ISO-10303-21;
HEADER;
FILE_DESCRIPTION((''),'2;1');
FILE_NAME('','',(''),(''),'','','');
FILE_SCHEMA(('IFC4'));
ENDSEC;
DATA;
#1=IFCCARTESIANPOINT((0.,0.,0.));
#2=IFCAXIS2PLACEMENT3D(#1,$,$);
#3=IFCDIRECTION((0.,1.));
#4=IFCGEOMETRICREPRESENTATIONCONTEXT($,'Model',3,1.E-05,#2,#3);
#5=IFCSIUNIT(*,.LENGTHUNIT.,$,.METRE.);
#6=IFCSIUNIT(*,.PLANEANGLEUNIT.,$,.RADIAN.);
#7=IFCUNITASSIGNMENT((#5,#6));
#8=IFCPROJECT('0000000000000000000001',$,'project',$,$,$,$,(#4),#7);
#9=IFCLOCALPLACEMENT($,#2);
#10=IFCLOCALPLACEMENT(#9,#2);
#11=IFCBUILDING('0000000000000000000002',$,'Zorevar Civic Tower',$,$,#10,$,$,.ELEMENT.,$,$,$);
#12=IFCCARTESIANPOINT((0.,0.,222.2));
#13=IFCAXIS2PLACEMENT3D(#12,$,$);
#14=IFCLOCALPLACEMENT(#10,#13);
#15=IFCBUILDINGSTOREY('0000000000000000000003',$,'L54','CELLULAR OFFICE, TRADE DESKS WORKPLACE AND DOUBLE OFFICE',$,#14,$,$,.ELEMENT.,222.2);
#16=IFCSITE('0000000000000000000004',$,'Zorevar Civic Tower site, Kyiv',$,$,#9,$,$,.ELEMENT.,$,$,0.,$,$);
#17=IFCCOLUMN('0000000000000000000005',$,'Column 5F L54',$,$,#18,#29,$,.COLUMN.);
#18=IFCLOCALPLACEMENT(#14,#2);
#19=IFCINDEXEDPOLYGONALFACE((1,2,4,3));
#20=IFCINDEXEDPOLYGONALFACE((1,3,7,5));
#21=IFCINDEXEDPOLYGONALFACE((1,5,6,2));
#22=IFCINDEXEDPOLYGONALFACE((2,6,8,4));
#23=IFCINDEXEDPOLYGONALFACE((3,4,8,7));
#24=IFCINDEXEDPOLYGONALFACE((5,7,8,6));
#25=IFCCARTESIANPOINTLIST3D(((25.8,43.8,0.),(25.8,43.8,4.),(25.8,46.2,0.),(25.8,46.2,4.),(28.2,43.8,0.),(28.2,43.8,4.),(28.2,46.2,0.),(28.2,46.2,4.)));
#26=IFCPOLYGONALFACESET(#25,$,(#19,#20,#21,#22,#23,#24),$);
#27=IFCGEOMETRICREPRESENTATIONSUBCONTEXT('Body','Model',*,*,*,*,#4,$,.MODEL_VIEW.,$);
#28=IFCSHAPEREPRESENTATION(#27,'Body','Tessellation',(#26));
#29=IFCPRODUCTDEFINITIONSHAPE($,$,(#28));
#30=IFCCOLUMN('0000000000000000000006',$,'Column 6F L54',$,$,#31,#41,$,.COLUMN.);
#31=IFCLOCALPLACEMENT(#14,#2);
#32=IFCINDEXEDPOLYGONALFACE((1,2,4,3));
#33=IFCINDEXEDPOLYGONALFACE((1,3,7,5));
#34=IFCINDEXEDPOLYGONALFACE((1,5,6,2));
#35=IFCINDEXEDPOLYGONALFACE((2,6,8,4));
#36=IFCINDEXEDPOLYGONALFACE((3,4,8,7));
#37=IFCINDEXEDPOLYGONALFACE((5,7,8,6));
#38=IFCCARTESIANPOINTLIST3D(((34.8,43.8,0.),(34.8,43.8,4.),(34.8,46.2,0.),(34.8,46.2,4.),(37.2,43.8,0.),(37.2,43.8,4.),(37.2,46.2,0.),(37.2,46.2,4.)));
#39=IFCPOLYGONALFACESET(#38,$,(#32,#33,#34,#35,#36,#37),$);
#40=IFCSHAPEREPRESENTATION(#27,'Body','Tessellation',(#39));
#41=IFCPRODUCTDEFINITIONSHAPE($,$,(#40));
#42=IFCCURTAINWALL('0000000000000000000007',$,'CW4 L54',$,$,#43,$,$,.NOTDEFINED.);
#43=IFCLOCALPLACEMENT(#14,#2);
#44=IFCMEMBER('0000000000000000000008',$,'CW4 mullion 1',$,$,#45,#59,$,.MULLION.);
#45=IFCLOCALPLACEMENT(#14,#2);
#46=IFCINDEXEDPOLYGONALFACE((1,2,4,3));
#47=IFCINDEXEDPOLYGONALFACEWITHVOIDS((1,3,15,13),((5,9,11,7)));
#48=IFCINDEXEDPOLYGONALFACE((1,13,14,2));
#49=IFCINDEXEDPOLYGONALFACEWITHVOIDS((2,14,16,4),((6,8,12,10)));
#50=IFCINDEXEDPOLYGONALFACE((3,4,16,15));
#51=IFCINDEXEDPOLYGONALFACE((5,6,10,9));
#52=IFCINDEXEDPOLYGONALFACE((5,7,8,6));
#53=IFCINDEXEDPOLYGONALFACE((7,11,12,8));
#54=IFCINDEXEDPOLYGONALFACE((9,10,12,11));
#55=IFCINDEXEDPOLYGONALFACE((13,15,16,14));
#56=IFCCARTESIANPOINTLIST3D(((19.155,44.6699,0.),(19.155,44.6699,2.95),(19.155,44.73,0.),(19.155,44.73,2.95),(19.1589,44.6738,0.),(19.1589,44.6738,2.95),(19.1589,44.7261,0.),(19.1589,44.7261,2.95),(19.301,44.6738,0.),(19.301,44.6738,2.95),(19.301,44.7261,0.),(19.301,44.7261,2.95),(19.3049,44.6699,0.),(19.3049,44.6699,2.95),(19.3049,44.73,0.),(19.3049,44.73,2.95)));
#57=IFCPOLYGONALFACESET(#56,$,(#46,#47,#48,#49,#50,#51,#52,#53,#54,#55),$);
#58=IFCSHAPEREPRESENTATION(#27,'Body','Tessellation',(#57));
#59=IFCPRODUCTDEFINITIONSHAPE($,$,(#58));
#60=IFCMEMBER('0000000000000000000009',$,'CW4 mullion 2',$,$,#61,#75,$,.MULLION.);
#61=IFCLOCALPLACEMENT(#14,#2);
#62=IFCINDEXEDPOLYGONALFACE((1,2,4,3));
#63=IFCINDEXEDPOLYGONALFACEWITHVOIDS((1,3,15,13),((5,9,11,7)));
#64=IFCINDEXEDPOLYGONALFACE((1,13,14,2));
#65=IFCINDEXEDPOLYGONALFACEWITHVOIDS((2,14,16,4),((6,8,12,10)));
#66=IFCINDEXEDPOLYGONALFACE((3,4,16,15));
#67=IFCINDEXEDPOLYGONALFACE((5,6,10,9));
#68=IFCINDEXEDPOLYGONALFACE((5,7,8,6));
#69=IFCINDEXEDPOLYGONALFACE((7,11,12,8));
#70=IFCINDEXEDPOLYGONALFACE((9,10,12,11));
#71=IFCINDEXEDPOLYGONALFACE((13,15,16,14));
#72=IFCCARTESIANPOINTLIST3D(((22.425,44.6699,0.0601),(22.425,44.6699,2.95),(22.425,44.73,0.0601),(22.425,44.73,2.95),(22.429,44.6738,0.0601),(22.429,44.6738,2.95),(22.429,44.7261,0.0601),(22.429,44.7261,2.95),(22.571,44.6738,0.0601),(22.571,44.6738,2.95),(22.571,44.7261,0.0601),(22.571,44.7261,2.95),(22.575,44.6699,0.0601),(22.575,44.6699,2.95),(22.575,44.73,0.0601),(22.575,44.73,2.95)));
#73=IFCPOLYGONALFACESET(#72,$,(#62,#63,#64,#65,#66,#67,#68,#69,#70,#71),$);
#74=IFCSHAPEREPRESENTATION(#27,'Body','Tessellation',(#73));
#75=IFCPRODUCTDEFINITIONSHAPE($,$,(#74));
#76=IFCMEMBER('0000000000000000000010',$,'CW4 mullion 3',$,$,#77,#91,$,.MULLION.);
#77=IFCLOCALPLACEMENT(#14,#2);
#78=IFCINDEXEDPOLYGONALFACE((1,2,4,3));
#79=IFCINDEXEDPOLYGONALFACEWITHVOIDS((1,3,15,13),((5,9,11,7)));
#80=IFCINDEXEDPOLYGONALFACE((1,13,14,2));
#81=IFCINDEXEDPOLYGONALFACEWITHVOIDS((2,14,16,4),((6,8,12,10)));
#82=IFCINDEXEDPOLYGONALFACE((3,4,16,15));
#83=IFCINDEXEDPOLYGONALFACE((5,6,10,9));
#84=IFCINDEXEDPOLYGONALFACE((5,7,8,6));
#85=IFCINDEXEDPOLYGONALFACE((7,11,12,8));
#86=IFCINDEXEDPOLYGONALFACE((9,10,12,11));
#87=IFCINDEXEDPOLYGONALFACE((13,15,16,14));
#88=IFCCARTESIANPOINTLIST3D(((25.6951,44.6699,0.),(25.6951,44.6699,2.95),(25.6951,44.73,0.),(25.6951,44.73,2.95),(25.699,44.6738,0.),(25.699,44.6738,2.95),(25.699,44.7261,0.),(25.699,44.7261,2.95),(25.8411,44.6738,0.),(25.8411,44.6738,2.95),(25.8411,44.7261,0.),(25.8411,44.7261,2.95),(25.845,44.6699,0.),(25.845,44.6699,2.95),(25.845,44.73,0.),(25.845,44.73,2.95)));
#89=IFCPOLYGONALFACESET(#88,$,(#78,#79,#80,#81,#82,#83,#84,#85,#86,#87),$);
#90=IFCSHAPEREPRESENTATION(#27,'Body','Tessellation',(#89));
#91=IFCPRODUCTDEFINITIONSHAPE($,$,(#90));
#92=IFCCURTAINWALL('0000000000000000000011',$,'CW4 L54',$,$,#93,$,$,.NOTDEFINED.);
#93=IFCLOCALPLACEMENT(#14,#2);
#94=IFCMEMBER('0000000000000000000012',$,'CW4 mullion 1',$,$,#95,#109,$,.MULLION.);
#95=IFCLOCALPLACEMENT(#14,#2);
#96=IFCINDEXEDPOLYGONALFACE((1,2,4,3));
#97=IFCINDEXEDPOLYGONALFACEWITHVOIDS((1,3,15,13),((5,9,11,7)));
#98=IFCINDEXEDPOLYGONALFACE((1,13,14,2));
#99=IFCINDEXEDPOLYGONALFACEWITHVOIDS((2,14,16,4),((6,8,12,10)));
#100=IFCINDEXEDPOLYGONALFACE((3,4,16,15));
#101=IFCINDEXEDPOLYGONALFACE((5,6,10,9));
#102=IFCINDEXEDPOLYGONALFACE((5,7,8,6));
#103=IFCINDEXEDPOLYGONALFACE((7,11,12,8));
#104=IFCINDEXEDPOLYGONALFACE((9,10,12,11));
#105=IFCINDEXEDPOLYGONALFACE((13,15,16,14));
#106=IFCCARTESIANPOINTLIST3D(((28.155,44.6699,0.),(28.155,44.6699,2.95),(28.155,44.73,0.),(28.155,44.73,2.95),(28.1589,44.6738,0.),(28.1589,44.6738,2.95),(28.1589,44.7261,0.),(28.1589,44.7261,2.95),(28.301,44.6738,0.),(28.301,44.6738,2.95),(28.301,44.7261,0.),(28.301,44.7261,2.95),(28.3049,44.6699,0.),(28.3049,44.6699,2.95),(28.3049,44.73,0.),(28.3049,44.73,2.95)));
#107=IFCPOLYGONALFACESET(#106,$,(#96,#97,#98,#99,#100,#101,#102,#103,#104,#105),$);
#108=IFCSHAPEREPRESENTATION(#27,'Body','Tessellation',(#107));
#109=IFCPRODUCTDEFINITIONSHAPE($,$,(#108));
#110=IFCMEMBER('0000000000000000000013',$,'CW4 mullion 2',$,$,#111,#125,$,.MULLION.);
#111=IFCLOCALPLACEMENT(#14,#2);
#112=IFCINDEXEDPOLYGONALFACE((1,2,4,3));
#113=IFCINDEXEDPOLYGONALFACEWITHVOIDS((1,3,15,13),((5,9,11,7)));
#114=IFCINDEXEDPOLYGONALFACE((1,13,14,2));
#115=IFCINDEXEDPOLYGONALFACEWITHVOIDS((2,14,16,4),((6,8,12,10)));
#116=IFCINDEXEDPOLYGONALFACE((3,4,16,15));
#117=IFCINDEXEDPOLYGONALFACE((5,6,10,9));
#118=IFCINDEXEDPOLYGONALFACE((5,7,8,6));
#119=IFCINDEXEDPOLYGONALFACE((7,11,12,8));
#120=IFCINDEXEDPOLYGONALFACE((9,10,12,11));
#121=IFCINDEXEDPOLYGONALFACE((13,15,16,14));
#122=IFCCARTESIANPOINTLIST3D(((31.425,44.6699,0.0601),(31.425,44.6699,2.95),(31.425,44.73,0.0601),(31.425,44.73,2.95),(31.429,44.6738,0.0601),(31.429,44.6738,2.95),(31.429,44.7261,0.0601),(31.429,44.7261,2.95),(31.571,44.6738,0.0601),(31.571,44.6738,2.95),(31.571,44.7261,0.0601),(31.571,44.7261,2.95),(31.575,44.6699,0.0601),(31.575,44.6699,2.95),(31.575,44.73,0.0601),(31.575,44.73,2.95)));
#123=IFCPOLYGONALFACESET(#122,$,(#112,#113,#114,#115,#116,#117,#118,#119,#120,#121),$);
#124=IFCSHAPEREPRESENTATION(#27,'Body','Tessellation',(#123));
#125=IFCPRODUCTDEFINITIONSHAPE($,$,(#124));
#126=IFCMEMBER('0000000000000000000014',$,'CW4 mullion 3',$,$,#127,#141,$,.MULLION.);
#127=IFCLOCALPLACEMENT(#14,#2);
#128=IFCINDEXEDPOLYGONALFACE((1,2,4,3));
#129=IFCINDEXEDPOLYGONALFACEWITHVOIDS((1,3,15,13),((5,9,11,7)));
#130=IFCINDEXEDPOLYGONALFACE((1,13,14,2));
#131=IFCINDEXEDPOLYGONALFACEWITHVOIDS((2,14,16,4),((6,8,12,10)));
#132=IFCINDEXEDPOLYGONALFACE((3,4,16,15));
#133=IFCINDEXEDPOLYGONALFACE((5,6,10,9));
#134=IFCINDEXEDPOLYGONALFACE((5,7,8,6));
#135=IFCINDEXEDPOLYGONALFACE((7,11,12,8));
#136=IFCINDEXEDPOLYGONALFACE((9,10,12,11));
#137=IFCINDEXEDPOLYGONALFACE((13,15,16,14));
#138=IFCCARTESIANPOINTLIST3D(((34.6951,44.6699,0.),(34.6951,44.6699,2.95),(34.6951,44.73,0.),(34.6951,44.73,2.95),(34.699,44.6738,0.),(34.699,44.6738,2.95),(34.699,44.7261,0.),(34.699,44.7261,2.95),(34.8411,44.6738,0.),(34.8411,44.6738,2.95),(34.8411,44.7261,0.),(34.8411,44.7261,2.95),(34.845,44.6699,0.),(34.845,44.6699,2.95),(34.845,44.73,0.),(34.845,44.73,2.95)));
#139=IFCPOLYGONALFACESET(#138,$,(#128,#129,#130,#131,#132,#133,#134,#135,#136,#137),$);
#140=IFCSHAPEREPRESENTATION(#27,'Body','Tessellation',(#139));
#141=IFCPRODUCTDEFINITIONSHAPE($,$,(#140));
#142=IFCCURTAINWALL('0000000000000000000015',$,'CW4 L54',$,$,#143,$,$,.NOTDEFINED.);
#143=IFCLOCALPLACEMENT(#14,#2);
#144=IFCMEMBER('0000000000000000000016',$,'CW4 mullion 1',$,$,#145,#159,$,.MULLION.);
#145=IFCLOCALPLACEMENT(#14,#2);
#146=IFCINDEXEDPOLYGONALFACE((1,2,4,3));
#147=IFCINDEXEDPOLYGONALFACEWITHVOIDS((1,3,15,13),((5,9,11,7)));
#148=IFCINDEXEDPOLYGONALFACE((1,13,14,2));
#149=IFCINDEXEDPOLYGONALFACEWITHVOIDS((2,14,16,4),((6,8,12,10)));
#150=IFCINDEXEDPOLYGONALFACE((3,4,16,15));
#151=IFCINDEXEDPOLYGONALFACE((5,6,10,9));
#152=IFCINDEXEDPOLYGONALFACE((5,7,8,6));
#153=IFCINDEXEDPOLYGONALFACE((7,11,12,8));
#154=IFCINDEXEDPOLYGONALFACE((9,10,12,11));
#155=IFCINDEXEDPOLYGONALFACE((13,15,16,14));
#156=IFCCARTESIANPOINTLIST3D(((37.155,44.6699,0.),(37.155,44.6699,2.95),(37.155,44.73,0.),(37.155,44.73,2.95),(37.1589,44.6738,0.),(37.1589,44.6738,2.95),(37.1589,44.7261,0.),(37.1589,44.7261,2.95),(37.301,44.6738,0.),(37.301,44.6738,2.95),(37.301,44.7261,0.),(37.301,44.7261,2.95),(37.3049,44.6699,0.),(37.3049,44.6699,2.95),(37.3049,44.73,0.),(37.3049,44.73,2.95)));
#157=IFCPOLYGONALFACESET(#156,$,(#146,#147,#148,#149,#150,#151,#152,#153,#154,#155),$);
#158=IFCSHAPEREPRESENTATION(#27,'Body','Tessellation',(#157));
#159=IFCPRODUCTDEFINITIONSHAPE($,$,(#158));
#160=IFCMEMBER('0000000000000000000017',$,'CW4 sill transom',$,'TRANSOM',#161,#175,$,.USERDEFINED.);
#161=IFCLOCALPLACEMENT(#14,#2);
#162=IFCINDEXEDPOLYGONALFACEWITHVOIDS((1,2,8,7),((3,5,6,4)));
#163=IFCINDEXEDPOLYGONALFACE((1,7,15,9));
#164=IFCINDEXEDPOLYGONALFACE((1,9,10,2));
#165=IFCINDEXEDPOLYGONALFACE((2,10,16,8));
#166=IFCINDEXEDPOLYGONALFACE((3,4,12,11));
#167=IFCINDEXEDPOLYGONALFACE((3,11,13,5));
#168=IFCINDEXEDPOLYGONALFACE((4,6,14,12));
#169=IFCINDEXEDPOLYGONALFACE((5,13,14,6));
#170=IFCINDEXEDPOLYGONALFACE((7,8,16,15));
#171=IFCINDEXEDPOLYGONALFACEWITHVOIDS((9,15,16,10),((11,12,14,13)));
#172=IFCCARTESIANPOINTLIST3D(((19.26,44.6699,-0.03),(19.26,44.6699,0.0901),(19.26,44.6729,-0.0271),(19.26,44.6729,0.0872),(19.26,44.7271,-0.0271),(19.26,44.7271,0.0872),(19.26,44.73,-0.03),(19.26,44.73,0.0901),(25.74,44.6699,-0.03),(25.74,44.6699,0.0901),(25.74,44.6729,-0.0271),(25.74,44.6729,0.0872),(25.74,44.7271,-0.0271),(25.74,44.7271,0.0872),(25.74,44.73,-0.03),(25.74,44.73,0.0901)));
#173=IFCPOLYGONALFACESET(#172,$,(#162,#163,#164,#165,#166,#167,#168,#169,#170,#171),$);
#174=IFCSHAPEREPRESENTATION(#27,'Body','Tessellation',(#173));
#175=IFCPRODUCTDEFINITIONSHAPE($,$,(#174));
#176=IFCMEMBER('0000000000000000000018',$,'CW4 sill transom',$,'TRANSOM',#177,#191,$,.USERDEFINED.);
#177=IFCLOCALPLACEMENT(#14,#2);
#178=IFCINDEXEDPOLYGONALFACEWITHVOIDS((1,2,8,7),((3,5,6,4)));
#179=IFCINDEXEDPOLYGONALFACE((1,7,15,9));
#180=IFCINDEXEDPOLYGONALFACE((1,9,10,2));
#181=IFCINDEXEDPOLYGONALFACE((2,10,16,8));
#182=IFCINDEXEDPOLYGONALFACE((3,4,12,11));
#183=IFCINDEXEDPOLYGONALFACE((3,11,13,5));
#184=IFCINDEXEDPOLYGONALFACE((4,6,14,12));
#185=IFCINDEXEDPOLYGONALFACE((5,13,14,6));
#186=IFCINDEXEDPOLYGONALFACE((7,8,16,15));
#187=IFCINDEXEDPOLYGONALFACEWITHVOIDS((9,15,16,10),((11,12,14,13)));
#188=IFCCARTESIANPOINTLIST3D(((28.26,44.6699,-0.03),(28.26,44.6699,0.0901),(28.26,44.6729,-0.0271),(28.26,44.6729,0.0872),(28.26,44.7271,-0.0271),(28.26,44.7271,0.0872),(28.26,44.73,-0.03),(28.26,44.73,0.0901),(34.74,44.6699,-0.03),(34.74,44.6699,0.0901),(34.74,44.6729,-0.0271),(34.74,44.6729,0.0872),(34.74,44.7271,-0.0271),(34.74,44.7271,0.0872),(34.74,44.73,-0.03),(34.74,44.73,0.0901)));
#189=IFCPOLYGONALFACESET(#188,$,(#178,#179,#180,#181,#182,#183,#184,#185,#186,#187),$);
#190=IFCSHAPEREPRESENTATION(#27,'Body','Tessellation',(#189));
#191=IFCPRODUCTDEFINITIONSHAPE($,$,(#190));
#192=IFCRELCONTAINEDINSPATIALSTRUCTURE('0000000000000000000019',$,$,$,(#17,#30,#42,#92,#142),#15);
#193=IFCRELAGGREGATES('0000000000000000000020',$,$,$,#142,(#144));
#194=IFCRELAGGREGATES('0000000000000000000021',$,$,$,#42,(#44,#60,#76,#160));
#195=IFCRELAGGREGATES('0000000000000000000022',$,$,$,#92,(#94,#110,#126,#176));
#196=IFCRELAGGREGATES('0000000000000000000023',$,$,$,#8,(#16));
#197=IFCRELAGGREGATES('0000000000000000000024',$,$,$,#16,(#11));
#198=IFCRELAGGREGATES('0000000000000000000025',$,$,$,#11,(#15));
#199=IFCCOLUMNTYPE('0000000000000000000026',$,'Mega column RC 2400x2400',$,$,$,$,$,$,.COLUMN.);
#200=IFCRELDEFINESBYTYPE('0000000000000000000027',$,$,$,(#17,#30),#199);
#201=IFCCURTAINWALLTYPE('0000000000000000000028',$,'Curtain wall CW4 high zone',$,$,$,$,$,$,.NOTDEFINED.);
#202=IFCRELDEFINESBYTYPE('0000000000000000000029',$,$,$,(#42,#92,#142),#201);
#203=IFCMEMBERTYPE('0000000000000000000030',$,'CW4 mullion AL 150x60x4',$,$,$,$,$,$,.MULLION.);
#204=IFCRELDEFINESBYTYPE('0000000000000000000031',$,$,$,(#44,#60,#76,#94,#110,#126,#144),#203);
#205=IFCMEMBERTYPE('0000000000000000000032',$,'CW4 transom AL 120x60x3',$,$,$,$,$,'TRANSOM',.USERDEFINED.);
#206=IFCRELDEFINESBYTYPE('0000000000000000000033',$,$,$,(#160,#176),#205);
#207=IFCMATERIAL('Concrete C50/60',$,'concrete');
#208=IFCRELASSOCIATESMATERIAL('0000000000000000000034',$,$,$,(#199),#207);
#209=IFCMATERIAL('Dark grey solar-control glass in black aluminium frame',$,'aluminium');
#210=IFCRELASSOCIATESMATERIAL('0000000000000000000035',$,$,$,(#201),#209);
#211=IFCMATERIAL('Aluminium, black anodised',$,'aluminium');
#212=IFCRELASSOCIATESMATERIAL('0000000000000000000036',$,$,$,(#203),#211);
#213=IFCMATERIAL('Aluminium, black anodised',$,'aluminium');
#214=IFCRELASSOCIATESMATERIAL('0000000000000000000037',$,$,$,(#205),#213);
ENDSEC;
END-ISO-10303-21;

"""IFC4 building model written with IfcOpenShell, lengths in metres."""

from ifc_helpers import new_model, si_unit, direction, frame, origin, origin_2d, place, context, subcontext, project, spatial, rectangle, hollow_rectangle, extrude, material, material_profile, profile_set, type_object, element, aggregate, save


model = new_model("IFC4")

# Units and contexts
model_context = context("Model", 3, precision=1e-05, world=origin(), true_north=direction((0.0, 1.0)))
body_context = subcontext(model_context, "Body", "Model", "MODEL_VIEW")
ifc_project = project(units=[si_unit("LENGTHUNIT", "METRE"), si_unit("PLANEANGLEUNIT", "RADIAN")], contexts=[model_context])

# Site, building, storey
site_placement = place(None, origin())
site = spatial("IfcSite", under=ifc_project, at=site_placement, Name="Zorevar Civic Tower site, Kyiv", CompositionType="ELEMENT", RefElevation=0.0)
building_placement = place(site_placement, origin())
building = spatial("IfcBuilding", under=site, at=building_placement, Name="Zorevar Civic Tower", CompositionType="ELEMENT")
storey_placement = place(building_placement, frame((0.0, 0.0, 222.2)))
storey = spatial("IfcBuildingStorey", under=building, at=storey_placement, Name="L54", Description="CELLULAR OFFICE, TRADE DESKS WORKPLACE AND DOUBLE OFFICE", CompositionType="ELEMENT", Elevation=222.2)

# Columns
ifc_material_1 = material(Name="Concrete C50/60", Category="concrete")
ifc_material_profile_1 = material_profile(ifc_material_1, rectangle(XDim=2.3999, YDim=2.3999, at=origin_2d()), Name="RC 2400x2400")
ifc_profile_set_1 = profile_set([ifc_material_profile_1], Name="Concrete C50/60")
column_type = type_object("IfcColumnType", Name="Mega column RC 2400x2400", PredefinedType="COLUMN", material=ifc_profile_set_1)
for number, where, z_axis, x_axis, name in (
    (1, (27.0, 45.0, 0.0), (0.0, 0.0, 1.0), (1.0, 0.0, 0.0), "Column 5F L54"),
    (2, (36.0, 45.0, 0.0), (0.0, 0.0, 1.0), (1.0, 0.0, 0.0), "Column 6F L54"),
):
    element("IfcColumn", number, at=place(storey_placement, frame(where, z_axis=z_axis, x_axis=x_axis)), inside=storey, type_object=column_type, Name=name, PredefinedType="COLUMN", context=body_context, shape_type="SweptSolid", body=[
        extrude(rectangle(XDim=2.3999, YDim=2.3999, at=origin_2d()), origin(), (0.0, 0.0, 1.0), 4.0),
    ])

# Curtain walls, members
ifc_material_2 = material(Name="Dark grey solar-control glass in black aluminium frame", Category="aluminium")
curtain_wall_type = type_object("IfcCurtainWallType", Name="Curtain wall CW4 high zone", PredefinedType="NOTDEFINED", material=ifc_material_2)
curtain_wall_1_placement = place(storey_placement, origin())
curtain_wall_1 = element("IfcCurtainWall", 3, at=curtain_wall_1_placement, inside=storey, type_object=curtain_wall_type, Name="CW4 L54", PredefinedType="NOTDEFINED")
ifc_material_3 = material(Name="Aluminium, black anodised", Category="aluminium")
ifc_material_profile_2 = material_profile(ifc_material_3, hollow_rectangle(XDim=0.0601, YDim=0.1499, WallThickness=0.0039, at=origin_2d()), Name="AL 150x60x4")
ifc_profile_set_2 = profile_set([ifc_material_profile_2], Name="Aluminium, black anodised")
member_type_1 = type_object("IfcMemberType", Name="CW4 mullion AL 150x60x4", PredefinedType="MULLION", material=ifc_profile_set_2)
member_1_placement = place(storey_placement, frame((19.23, 44.7, 0.0), z_axis=(0.0, 0.0, 1.0), x_axis=(0.0, 1.0, 0.0)))
member_1 = element("IfcMember", 4, at=member_1_placement, type_object=member_type_1, Name="CW4 mullion 1", PredefinedType="MULLION", context=body_context, shape_type="SweptSolid", body=[
    extrude(hollow_rectangle(XDim=0.0601, YDim=0.1499, WallThickness=0.0039, at=origin_2d()), origin(), (0.0, 0.0, 1.0), 2.95),
])
member_2_placement = place(storey_placement, frame((22.5, 44.7, 0.0601), z_axis=(0.0, 0.0, 1.0), x_axis=(0.0, 1.0, 0.0)))
member_2 = element("IfcMember", 5, at=member_2_placement, type_object=member_type_1, Name="CW4 mullion 2", PredefinedType="MULLION", context=body_context, shape_type="SweptSolid", body=[
    extrude(hollow_rectangle(XDim=0.0601, YDim=0.1499, WallThickness=0.0039, at=origin_2d()), origin(), (0.0, 0.0, 1.0), 2.8899),
])
member_3_placement = place(storey_placement, frame((25.77, 44.7, 0.0), z_axis=(0.0, 0.0, 1.0), x_axis=(0.0, 1.0, 0.0)))
member_3 = element("IfcMember", 6, at=member_3_placement, type_object=member_type_1, Name="CW4 mullion 3", PredefinedType="MULLION", context=body_context, shape_type="SweptSolid", body=[
    extrude(hollow_rectangle(XDim=0.0601, YDim=0.1499, WallThickness=0.0039, at=origin_2d()), origin(), (0.0, 0.0, 1.0), 2.95),
])
curtain_wall_2_placement = place(storey_placement, origin())
curtain_wall_2 = element("IfcCurtainWall", 7, at=curtain_wall_2_placement, inside=storey, type_object=curtain_wall_type, Name="CW4 L54", PredefinedType="NOTDEFINED")
member_4_placement = place(storey_placement, frame((28.23, 44.7, 0.0), z_axis=(0.0, 0.0, 1.0), x_axis=(0.0, 1.0, 0.0)))
member_4 = element("IfcMember", 8, at=member_4_placement, type_object=member_type_1, Name="CW4 mullion 1", PredefinedType="MULLION", context=body_context, shape_type="SweptSolid", body=[
    extrude(hollow_rectangle(XDim=0.0601, YDim=0.1499, WallThickness=0.0039, at=origin_2d()), origin(), (0.0, 0.0, 1.0), 2.95),
])
member_5_placement = place(storey_placement, frame((31.5, 44.7, 0.0601), z_axis=(0.0, 0.0, 1.0), x_axis=(0.0, 1.0, 0.0)))
member_5 = element("IfcMember", 9, at=member_5_placement, type_object=member_type_1, Name="CW4 mullion 2", PredefinedType="MULLION", context=body_context, shape_type="SweptSolid", body=[
    extrude(hollow_rectangle(XDim=0.0601, YDim=0.1499, WallThickness=0.0039, at=origin_2d()), origin(), (0.0, 0.0, 1.0), 2.8899),
])
member_6_placement = place(storey_placement, frame((34.77, 44.7, 0.0), z_axis=(0.0, 0.0, 1.0), x_axis=(0.0, 1.0, 0.0)))
member_6 = element("IfcMember", 10, at=member_6_placement, type_object=member_type_1, Name="CW4 mullion 3", PredefinedType="MULLION", context=body_context, shape_type="SweptSolid", body=[
    extrude(hollow_rectangle(XDim=0.0601, YDim=0.1499, WallThickness=0.0039, at=origin_2d()), origin(), (0.0, 0.0, 1.0), 2.95),
])

# Curtain wall, member
curtain_wall_3_placement = place(storey_placement, origin())
curtain_wall_3 = element("IfcCurtainWall", 11, at=curtain_wall_3_placement, inside=storey, type_object=curtain_wall_type, Name="CW4 L54", PredefinedType="NOTDEFINED")
member_7_placement = place(storey_placement, frame((37.23, 44.7, 0.0), z_axis=(0.0, 0.0, 1.0), x_axis=(0.0, 1.0, 0.0)))
member_7 = element("IfcMember", 12, at=member_7_placement, type_object=member_type_1, Name="CW4 mullion 1", PredefinedType="MULLION", context=body_context, shape_type="SweptSolid", body=[
    extrude(hollow_rectangle(XDim=0.0601, YDim=0.1499, WallThickness=0.0039, at=origin_2d()), origin(), (0.0, 0.0, 1.0), 2.95),
])

# Members
ifc_material_4 = material(Name="Aluminium, black anodised", Category="aluminium")
ifc_material_profile_3 = material_profile(ifc_material_4, hollow_rectangle(XDim=0.0601, YDim=0.1201, WallThickness=0.0029, at=origin_2d()), Name="AL 120x60x3")
ifc_profile_set_3 = profile_set([ifc_material_profile_3], Name="Aluminium, black anodised")
member_type_2 = type_object("IfcMemberType", Name="CW4 transom AL 120x60x3", ElementType="TRANSOM", PredefinedType="USERDEFINED", material=ifc_profile_set_3)
member_8_placement = place(storey_placement, frame((19.26, 44.7, 0.03), z_axis=(1.0, 0.0, 0.0), x_axis=(0.0, 1.0, 0.0)))
member_8 = element("IfcMember", 13, at=member_8_placement, type_object=member_type_2, Name="CW4 sill transom", ObjectType="TRANSOM", PredefinedType="USERDEFINED", context=body_context, shape_type="SweptSolid", body=[
    extrude(hollow_rectangle(XDim=0.0601, YDim=0.1201, WallThickness=0.0029, at=origin_2d()), origin(), (0.0, 0.0, 1.0), 6.48),
])
member_9_placement = place(storey_placement, frame((28.26, 44.7, 0.03), z_axis=(1.0, 0.0, 0.0), x_axis=(0.0, 1.0, 0.0)))
member_9 = element("IfcMember", 14, at=member_9_placement, type_object=member_type_2, Name="CW4 sill transom", ObjectType="TRANSOM", PredefinedType="USERDEFINED", context=body_context, shape_type="SweptSolid", body=[
    extrude(hollow_rectangle(XDim=0.0601, YDim=0.1201, WallThickness=0.0029, at=origin_2d()), origin(), (0.0, 0.0, 1.0), 6.48),
])
aggregate(curtain_wall_3, [member_7])

aggregate(curtain_wall_1, [member_1, member_2, member_3, member_8])
aggregate(curtain_wall_2, [member_4, member_5, member_6, member_9])

save(model, "model.ifc")
